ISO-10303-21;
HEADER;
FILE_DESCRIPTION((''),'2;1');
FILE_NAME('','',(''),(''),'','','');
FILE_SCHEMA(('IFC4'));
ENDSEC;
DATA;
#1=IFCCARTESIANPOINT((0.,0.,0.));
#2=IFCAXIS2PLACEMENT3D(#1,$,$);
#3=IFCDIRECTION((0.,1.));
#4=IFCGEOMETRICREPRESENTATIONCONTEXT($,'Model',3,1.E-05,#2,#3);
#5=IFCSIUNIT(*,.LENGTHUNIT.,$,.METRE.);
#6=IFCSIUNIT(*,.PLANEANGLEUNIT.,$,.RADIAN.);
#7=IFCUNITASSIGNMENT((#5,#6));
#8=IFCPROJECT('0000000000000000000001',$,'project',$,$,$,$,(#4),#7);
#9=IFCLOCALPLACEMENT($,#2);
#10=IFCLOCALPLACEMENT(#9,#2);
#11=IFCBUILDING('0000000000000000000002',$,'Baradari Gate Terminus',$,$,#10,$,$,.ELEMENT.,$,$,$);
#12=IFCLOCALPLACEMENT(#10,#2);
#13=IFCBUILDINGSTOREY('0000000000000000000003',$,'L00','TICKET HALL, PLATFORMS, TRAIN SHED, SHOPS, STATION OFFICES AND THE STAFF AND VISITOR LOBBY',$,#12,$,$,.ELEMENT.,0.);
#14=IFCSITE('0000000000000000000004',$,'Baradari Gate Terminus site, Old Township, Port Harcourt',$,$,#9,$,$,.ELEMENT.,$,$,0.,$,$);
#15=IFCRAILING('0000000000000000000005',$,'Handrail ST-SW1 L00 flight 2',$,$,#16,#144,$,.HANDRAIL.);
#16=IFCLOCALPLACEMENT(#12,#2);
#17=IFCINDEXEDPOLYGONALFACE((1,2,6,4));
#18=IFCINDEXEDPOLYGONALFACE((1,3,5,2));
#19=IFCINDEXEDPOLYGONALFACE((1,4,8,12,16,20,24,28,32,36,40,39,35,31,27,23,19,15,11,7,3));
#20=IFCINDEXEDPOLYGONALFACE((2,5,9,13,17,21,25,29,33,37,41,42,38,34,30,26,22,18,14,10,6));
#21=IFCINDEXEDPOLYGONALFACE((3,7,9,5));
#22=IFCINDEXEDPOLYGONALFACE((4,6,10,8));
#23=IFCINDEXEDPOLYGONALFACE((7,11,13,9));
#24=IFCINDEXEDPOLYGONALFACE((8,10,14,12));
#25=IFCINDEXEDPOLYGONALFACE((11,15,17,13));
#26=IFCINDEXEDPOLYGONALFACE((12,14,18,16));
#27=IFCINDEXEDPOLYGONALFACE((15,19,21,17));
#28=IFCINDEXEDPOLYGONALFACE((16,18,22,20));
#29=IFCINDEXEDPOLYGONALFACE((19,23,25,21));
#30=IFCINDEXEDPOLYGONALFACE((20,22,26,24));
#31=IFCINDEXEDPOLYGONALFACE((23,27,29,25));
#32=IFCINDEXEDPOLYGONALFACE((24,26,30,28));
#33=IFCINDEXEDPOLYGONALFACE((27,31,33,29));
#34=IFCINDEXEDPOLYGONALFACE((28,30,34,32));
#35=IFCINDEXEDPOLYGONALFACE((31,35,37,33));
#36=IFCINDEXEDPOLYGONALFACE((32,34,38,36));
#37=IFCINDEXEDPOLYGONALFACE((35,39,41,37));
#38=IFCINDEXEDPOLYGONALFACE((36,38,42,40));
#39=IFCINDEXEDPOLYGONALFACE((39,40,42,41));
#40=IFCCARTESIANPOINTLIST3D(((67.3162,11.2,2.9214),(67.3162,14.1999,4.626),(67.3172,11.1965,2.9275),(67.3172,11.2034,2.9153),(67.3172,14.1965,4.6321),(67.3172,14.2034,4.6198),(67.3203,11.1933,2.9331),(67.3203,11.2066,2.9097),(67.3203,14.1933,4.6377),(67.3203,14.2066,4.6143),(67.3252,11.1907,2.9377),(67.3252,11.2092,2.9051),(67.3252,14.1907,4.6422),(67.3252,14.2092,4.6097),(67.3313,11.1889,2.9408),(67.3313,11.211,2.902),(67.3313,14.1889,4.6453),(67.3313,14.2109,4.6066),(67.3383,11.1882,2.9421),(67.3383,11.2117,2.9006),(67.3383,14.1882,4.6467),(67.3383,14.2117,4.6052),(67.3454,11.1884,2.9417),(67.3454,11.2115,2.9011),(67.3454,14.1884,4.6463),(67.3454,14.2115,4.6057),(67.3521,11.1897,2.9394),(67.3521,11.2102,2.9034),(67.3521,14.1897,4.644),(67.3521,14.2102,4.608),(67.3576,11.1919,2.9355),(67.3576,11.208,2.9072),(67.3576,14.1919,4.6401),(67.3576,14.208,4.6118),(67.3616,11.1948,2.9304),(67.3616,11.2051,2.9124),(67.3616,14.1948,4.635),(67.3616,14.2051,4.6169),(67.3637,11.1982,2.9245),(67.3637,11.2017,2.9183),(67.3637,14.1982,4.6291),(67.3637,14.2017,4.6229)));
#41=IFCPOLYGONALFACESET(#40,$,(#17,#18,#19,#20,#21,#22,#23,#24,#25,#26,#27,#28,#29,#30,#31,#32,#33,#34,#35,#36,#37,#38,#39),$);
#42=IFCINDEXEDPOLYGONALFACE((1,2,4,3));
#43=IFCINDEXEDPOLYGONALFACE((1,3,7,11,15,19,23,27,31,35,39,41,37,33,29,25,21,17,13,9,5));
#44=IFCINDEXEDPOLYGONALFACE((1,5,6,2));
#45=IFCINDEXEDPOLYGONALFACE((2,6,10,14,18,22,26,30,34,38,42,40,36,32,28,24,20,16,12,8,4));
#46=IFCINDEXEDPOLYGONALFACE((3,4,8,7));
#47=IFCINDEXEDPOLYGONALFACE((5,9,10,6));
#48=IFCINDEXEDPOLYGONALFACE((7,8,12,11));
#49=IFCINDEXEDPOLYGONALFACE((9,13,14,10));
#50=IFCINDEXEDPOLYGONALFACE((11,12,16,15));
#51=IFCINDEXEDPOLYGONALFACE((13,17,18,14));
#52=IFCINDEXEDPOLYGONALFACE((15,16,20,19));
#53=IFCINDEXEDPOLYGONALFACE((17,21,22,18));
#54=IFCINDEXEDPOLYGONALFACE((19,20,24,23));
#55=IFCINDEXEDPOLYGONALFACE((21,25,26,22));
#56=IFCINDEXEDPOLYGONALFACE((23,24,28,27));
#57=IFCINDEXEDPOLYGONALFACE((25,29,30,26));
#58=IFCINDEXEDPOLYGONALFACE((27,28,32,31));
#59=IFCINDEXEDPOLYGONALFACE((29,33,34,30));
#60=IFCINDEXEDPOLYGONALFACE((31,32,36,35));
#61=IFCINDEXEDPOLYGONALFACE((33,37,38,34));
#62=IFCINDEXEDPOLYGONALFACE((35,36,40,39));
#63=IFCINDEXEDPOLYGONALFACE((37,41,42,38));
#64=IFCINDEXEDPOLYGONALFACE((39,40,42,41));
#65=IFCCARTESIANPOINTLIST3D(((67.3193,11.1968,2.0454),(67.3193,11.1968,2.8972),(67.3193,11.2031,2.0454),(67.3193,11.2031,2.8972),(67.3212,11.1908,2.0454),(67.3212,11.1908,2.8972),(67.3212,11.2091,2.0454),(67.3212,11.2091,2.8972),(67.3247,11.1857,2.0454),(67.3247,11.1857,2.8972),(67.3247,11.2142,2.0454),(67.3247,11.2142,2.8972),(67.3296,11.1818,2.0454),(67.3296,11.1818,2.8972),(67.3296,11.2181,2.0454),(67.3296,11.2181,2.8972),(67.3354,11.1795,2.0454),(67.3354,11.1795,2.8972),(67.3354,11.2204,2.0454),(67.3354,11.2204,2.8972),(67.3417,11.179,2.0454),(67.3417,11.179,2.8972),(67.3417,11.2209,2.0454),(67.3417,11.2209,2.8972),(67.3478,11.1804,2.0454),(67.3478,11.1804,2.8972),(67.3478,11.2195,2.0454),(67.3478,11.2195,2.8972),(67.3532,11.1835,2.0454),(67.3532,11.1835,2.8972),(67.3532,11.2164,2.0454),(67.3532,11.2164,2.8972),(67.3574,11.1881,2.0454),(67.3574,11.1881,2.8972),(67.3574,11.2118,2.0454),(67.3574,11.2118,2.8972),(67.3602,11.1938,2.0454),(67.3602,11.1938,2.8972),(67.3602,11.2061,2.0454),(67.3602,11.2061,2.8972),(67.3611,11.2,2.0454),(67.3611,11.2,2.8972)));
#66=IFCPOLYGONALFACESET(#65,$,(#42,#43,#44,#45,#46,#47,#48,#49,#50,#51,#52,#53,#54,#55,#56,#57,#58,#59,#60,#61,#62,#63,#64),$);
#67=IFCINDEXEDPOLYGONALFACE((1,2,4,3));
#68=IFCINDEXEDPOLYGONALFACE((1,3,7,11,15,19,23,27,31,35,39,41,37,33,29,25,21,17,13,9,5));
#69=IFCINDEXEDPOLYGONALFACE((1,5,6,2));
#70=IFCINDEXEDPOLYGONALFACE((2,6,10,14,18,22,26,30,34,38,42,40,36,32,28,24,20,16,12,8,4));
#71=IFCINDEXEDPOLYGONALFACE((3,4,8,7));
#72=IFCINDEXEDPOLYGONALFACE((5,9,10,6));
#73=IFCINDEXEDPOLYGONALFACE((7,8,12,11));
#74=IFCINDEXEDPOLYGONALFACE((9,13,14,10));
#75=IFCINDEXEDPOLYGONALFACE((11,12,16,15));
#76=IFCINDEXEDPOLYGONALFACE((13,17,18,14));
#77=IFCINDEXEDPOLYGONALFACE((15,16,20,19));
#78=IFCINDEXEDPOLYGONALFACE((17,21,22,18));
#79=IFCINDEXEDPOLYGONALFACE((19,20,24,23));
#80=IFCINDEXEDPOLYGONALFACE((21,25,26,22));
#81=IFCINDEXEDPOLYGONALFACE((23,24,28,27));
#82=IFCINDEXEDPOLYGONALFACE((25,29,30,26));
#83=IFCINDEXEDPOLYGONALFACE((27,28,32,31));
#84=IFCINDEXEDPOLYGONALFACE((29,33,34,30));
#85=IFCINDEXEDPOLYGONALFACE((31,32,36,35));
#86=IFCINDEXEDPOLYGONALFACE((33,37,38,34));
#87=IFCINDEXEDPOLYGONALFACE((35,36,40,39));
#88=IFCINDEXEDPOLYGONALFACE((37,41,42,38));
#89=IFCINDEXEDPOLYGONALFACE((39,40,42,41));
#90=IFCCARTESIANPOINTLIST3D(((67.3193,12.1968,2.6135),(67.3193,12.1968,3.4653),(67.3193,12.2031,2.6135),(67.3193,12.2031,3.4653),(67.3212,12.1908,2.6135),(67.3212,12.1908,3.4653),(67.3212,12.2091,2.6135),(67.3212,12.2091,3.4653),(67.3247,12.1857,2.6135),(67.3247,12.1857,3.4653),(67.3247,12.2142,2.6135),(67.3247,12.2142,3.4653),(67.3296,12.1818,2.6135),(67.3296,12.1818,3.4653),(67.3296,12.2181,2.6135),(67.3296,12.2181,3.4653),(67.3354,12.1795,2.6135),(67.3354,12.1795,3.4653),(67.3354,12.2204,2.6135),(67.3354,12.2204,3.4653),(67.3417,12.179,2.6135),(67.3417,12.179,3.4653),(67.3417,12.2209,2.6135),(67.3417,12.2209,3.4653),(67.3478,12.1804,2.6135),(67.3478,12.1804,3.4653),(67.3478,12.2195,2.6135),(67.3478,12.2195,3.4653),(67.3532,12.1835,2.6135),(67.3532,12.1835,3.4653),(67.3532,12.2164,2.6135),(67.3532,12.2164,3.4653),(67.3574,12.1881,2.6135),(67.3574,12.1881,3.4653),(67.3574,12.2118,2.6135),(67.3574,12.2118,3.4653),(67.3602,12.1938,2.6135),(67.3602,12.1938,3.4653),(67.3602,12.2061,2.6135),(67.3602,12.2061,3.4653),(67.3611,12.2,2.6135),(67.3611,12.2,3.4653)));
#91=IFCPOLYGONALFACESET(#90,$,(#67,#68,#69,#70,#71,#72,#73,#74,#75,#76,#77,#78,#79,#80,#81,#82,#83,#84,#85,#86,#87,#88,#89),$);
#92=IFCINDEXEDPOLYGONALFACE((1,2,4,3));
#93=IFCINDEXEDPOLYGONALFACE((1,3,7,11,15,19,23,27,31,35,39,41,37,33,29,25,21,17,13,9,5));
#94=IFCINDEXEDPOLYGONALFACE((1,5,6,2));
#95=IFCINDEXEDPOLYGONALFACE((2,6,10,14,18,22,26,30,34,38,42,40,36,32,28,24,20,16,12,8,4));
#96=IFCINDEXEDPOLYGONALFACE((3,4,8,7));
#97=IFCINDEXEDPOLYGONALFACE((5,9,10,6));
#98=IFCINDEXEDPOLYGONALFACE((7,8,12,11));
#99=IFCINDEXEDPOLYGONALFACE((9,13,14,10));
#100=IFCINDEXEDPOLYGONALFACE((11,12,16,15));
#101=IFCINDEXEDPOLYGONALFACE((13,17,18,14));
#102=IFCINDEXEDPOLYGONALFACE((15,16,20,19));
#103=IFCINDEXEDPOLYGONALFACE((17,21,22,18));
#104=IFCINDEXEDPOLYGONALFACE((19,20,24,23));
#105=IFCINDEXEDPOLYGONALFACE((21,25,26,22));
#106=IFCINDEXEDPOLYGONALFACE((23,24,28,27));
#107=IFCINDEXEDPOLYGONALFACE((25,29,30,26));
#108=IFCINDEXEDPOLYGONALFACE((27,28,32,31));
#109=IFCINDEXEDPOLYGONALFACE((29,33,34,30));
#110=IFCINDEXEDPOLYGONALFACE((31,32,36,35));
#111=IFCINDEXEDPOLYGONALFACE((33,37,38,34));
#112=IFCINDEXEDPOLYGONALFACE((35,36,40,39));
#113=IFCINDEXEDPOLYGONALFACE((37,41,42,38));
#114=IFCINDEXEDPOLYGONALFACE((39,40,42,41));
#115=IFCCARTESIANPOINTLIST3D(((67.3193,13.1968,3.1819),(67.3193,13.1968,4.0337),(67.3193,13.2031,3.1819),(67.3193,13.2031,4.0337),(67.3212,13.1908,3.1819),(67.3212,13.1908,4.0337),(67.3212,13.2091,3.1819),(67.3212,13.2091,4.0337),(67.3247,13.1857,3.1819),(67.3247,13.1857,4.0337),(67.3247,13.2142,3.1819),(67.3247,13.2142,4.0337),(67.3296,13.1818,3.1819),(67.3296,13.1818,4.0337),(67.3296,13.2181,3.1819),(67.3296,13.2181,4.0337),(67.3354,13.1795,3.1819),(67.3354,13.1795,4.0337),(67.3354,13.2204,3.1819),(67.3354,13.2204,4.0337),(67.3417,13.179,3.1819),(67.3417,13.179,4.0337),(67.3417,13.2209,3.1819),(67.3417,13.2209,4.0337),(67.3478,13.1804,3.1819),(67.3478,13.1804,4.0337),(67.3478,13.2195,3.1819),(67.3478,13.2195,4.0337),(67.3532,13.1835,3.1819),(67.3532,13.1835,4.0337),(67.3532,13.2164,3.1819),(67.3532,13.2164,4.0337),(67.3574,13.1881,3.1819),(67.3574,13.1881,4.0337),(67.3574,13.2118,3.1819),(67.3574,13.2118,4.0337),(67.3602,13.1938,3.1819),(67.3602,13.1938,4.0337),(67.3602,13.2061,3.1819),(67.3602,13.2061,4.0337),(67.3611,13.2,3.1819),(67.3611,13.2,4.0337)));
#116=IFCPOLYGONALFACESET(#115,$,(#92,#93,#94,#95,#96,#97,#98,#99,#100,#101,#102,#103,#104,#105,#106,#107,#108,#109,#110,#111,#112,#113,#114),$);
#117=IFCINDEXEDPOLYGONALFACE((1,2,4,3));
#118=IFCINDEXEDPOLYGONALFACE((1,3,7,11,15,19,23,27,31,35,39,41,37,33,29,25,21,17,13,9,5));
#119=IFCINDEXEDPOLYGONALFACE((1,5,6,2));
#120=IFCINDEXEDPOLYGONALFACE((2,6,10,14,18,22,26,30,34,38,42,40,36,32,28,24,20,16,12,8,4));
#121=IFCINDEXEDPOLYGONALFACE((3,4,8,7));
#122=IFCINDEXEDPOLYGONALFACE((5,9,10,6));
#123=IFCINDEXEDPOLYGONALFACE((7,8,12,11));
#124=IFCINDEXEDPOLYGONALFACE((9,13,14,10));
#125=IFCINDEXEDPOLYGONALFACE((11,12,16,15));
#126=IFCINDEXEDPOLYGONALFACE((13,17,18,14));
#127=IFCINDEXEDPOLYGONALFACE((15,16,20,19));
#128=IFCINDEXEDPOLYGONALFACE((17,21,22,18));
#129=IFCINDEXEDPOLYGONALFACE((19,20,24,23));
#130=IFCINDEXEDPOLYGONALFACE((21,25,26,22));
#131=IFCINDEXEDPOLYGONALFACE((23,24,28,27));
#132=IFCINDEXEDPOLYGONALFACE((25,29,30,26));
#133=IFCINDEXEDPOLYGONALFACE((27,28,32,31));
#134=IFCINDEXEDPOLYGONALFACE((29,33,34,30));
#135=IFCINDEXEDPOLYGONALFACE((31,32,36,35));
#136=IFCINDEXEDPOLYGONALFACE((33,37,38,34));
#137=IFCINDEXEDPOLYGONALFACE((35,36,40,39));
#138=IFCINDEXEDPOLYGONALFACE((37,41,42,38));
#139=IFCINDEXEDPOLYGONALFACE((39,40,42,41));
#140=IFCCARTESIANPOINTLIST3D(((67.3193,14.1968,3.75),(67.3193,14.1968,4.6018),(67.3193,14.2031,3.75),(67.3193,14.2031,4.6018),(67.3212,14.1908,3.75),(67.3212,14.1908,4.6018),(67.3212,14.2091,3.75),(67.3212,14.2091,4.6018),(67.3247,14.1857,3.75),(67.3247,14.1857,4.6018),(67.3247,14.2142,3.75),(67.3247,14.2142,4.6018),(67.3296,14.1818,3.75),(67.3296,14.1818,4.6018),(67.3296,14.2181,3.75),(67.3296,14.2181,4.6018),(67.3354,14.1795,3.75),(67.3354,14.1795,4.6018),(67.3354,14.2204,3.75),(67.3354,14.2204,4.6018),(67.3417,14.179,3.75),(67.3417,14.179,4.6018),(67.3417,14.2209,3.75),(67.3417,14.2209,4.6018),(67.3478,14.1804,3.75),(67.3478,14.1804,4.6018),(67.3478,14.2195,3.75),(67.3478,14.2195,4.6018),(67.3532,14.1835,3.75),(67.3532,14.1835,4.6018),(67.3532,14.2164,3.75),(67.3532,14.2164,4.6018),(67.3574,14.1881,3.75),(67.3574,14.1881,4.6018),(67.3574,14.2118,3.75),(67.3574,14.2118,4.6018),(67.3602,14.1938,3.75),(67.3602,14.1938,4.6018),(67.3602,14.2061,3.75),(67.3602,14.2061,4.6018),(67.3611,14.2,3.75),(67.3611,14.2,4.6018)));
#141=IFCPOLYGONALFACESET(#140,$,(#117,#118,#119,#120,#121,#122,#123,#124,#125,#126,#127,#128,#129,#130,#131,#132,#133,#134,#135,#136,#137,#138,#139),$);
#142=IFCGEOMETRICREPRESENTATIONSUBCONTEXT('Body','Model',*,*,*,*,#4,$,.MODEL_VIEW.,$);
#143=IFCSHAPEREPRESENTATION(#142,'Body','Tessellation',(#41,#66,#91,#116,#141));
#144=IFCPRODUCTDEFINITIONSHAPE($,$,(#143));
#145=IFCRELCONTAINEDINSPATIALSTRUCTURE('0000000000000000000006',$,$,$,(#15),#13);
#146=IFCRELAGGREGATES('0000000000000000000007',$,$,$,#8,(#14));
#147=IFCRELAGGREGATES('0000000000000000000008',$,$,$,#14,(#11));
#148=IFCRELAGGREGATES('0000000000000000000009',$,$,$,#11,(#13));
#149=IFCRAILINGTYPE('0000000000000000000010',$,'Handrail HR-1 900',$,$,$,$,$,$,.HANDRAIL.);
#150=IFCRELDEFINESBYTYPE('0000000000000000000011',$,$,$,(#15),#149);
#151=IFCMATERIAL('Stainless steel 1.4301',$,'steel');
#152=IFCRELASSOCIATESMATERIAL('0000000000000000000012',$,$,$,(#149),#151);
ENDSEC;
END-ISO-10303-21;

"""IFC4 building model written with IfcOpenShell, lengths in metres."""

from ifc_helpers import new_model, si_unit, direction, frame, origin, origin_2d, place, context, subcontext, project, spatial, circle, extrude, material, type_object, element, save


model = new_model("IFC4")

# Units and contexts
model_context = context("Model", 3, precision=1e-05, world=origin(), true_north=direction((0.0, 1.0)))
body_context = subcontext(model_context, "Body", "Model", "MODEL_VIEW")
ifc_project = project(units=[si_unit("LENGTHUNIT", "METRE"), si_unit("PLANEANGLEUNIT", "RADIAN")], contexts=[model_context])

# Site, building, storey
site_placement = place(None, origin())
site = spatial("IfcSite", under=ifc_project, at=site_placement, Name="Baradari Gate Terminus site, Old Township, Port Harcourt", CompositionType="ELEMENT", RefElevation=0.0)
building_placement = place(site_placement, origin())
building = spatial("IfcBuilding", under=site, at=building_placement, Name="Baradari Gate Terminus", CompositionType="ELEMENT")
storey_placement = place(building_placement, origin())
storey = spatial("IfcBuildingStorey", under=building, at=storey_placement, Name="L00", Description="TICKET HALL, PLATFORMS, TRAIN SHED, SHOPS, STATION OFFICES AND THE STAFF AND VISITOR LOBBY", CompositionType="ELEMENT", Elevation=0.0)

# Railing
ifc_material_1 = material(Name="Stainless steel 1.4301", Category="steel")
railing_type = type_object("IfcRailingType", Name="Handrail HR-1 900", PredefinedType="HANDRAIL", material=ifc_material_1)
railing_1_placement = place(storey_placement, frame((67.3401, 11.2, 2.0454)))
element("IfcRailing", 1, at=railing_1_placement, inside=storey, type_object=railing_type, Name="Handrail ST-SW1 L00 flight 2", PredefinedType="HANDRAIL", context=body_context, shape_type="SweptSolid", body=[
    extrude(circle(Radius=0.0239, at=origin_2d()), frame((0.0, 0.0, 0.876), z_axis=(0.0, 0.869451, 0.494019), x_axis=(-1.0, 0.0, 0.0)), (0.0, 0.0, 1.0), 3.4504),
    extrude(circle(Radius=0.021, at=origin_2d()), origin(), (0.0, 0.0, 1.0), 0.8518),
    extrude(circle(Radius=0.021, at=origin_2d()), frame((0.0, 1.0, 0.5681)), (0.0, 0.0, 1.0), 0.8518),
    extrude(circle(Radius=0.021, at=origin_2d()), frame((0.0, 2.0, 1.1365)), (0.0, 0.0, 1.0), 0.8518),
    extrude(circle(Radius=0.021, at=origin_2d()), frame((0.0, 3.0, 1.7046)), (0.0, 0.0, 1.0), 0.8518),
])

save(model, "model.ifc")
